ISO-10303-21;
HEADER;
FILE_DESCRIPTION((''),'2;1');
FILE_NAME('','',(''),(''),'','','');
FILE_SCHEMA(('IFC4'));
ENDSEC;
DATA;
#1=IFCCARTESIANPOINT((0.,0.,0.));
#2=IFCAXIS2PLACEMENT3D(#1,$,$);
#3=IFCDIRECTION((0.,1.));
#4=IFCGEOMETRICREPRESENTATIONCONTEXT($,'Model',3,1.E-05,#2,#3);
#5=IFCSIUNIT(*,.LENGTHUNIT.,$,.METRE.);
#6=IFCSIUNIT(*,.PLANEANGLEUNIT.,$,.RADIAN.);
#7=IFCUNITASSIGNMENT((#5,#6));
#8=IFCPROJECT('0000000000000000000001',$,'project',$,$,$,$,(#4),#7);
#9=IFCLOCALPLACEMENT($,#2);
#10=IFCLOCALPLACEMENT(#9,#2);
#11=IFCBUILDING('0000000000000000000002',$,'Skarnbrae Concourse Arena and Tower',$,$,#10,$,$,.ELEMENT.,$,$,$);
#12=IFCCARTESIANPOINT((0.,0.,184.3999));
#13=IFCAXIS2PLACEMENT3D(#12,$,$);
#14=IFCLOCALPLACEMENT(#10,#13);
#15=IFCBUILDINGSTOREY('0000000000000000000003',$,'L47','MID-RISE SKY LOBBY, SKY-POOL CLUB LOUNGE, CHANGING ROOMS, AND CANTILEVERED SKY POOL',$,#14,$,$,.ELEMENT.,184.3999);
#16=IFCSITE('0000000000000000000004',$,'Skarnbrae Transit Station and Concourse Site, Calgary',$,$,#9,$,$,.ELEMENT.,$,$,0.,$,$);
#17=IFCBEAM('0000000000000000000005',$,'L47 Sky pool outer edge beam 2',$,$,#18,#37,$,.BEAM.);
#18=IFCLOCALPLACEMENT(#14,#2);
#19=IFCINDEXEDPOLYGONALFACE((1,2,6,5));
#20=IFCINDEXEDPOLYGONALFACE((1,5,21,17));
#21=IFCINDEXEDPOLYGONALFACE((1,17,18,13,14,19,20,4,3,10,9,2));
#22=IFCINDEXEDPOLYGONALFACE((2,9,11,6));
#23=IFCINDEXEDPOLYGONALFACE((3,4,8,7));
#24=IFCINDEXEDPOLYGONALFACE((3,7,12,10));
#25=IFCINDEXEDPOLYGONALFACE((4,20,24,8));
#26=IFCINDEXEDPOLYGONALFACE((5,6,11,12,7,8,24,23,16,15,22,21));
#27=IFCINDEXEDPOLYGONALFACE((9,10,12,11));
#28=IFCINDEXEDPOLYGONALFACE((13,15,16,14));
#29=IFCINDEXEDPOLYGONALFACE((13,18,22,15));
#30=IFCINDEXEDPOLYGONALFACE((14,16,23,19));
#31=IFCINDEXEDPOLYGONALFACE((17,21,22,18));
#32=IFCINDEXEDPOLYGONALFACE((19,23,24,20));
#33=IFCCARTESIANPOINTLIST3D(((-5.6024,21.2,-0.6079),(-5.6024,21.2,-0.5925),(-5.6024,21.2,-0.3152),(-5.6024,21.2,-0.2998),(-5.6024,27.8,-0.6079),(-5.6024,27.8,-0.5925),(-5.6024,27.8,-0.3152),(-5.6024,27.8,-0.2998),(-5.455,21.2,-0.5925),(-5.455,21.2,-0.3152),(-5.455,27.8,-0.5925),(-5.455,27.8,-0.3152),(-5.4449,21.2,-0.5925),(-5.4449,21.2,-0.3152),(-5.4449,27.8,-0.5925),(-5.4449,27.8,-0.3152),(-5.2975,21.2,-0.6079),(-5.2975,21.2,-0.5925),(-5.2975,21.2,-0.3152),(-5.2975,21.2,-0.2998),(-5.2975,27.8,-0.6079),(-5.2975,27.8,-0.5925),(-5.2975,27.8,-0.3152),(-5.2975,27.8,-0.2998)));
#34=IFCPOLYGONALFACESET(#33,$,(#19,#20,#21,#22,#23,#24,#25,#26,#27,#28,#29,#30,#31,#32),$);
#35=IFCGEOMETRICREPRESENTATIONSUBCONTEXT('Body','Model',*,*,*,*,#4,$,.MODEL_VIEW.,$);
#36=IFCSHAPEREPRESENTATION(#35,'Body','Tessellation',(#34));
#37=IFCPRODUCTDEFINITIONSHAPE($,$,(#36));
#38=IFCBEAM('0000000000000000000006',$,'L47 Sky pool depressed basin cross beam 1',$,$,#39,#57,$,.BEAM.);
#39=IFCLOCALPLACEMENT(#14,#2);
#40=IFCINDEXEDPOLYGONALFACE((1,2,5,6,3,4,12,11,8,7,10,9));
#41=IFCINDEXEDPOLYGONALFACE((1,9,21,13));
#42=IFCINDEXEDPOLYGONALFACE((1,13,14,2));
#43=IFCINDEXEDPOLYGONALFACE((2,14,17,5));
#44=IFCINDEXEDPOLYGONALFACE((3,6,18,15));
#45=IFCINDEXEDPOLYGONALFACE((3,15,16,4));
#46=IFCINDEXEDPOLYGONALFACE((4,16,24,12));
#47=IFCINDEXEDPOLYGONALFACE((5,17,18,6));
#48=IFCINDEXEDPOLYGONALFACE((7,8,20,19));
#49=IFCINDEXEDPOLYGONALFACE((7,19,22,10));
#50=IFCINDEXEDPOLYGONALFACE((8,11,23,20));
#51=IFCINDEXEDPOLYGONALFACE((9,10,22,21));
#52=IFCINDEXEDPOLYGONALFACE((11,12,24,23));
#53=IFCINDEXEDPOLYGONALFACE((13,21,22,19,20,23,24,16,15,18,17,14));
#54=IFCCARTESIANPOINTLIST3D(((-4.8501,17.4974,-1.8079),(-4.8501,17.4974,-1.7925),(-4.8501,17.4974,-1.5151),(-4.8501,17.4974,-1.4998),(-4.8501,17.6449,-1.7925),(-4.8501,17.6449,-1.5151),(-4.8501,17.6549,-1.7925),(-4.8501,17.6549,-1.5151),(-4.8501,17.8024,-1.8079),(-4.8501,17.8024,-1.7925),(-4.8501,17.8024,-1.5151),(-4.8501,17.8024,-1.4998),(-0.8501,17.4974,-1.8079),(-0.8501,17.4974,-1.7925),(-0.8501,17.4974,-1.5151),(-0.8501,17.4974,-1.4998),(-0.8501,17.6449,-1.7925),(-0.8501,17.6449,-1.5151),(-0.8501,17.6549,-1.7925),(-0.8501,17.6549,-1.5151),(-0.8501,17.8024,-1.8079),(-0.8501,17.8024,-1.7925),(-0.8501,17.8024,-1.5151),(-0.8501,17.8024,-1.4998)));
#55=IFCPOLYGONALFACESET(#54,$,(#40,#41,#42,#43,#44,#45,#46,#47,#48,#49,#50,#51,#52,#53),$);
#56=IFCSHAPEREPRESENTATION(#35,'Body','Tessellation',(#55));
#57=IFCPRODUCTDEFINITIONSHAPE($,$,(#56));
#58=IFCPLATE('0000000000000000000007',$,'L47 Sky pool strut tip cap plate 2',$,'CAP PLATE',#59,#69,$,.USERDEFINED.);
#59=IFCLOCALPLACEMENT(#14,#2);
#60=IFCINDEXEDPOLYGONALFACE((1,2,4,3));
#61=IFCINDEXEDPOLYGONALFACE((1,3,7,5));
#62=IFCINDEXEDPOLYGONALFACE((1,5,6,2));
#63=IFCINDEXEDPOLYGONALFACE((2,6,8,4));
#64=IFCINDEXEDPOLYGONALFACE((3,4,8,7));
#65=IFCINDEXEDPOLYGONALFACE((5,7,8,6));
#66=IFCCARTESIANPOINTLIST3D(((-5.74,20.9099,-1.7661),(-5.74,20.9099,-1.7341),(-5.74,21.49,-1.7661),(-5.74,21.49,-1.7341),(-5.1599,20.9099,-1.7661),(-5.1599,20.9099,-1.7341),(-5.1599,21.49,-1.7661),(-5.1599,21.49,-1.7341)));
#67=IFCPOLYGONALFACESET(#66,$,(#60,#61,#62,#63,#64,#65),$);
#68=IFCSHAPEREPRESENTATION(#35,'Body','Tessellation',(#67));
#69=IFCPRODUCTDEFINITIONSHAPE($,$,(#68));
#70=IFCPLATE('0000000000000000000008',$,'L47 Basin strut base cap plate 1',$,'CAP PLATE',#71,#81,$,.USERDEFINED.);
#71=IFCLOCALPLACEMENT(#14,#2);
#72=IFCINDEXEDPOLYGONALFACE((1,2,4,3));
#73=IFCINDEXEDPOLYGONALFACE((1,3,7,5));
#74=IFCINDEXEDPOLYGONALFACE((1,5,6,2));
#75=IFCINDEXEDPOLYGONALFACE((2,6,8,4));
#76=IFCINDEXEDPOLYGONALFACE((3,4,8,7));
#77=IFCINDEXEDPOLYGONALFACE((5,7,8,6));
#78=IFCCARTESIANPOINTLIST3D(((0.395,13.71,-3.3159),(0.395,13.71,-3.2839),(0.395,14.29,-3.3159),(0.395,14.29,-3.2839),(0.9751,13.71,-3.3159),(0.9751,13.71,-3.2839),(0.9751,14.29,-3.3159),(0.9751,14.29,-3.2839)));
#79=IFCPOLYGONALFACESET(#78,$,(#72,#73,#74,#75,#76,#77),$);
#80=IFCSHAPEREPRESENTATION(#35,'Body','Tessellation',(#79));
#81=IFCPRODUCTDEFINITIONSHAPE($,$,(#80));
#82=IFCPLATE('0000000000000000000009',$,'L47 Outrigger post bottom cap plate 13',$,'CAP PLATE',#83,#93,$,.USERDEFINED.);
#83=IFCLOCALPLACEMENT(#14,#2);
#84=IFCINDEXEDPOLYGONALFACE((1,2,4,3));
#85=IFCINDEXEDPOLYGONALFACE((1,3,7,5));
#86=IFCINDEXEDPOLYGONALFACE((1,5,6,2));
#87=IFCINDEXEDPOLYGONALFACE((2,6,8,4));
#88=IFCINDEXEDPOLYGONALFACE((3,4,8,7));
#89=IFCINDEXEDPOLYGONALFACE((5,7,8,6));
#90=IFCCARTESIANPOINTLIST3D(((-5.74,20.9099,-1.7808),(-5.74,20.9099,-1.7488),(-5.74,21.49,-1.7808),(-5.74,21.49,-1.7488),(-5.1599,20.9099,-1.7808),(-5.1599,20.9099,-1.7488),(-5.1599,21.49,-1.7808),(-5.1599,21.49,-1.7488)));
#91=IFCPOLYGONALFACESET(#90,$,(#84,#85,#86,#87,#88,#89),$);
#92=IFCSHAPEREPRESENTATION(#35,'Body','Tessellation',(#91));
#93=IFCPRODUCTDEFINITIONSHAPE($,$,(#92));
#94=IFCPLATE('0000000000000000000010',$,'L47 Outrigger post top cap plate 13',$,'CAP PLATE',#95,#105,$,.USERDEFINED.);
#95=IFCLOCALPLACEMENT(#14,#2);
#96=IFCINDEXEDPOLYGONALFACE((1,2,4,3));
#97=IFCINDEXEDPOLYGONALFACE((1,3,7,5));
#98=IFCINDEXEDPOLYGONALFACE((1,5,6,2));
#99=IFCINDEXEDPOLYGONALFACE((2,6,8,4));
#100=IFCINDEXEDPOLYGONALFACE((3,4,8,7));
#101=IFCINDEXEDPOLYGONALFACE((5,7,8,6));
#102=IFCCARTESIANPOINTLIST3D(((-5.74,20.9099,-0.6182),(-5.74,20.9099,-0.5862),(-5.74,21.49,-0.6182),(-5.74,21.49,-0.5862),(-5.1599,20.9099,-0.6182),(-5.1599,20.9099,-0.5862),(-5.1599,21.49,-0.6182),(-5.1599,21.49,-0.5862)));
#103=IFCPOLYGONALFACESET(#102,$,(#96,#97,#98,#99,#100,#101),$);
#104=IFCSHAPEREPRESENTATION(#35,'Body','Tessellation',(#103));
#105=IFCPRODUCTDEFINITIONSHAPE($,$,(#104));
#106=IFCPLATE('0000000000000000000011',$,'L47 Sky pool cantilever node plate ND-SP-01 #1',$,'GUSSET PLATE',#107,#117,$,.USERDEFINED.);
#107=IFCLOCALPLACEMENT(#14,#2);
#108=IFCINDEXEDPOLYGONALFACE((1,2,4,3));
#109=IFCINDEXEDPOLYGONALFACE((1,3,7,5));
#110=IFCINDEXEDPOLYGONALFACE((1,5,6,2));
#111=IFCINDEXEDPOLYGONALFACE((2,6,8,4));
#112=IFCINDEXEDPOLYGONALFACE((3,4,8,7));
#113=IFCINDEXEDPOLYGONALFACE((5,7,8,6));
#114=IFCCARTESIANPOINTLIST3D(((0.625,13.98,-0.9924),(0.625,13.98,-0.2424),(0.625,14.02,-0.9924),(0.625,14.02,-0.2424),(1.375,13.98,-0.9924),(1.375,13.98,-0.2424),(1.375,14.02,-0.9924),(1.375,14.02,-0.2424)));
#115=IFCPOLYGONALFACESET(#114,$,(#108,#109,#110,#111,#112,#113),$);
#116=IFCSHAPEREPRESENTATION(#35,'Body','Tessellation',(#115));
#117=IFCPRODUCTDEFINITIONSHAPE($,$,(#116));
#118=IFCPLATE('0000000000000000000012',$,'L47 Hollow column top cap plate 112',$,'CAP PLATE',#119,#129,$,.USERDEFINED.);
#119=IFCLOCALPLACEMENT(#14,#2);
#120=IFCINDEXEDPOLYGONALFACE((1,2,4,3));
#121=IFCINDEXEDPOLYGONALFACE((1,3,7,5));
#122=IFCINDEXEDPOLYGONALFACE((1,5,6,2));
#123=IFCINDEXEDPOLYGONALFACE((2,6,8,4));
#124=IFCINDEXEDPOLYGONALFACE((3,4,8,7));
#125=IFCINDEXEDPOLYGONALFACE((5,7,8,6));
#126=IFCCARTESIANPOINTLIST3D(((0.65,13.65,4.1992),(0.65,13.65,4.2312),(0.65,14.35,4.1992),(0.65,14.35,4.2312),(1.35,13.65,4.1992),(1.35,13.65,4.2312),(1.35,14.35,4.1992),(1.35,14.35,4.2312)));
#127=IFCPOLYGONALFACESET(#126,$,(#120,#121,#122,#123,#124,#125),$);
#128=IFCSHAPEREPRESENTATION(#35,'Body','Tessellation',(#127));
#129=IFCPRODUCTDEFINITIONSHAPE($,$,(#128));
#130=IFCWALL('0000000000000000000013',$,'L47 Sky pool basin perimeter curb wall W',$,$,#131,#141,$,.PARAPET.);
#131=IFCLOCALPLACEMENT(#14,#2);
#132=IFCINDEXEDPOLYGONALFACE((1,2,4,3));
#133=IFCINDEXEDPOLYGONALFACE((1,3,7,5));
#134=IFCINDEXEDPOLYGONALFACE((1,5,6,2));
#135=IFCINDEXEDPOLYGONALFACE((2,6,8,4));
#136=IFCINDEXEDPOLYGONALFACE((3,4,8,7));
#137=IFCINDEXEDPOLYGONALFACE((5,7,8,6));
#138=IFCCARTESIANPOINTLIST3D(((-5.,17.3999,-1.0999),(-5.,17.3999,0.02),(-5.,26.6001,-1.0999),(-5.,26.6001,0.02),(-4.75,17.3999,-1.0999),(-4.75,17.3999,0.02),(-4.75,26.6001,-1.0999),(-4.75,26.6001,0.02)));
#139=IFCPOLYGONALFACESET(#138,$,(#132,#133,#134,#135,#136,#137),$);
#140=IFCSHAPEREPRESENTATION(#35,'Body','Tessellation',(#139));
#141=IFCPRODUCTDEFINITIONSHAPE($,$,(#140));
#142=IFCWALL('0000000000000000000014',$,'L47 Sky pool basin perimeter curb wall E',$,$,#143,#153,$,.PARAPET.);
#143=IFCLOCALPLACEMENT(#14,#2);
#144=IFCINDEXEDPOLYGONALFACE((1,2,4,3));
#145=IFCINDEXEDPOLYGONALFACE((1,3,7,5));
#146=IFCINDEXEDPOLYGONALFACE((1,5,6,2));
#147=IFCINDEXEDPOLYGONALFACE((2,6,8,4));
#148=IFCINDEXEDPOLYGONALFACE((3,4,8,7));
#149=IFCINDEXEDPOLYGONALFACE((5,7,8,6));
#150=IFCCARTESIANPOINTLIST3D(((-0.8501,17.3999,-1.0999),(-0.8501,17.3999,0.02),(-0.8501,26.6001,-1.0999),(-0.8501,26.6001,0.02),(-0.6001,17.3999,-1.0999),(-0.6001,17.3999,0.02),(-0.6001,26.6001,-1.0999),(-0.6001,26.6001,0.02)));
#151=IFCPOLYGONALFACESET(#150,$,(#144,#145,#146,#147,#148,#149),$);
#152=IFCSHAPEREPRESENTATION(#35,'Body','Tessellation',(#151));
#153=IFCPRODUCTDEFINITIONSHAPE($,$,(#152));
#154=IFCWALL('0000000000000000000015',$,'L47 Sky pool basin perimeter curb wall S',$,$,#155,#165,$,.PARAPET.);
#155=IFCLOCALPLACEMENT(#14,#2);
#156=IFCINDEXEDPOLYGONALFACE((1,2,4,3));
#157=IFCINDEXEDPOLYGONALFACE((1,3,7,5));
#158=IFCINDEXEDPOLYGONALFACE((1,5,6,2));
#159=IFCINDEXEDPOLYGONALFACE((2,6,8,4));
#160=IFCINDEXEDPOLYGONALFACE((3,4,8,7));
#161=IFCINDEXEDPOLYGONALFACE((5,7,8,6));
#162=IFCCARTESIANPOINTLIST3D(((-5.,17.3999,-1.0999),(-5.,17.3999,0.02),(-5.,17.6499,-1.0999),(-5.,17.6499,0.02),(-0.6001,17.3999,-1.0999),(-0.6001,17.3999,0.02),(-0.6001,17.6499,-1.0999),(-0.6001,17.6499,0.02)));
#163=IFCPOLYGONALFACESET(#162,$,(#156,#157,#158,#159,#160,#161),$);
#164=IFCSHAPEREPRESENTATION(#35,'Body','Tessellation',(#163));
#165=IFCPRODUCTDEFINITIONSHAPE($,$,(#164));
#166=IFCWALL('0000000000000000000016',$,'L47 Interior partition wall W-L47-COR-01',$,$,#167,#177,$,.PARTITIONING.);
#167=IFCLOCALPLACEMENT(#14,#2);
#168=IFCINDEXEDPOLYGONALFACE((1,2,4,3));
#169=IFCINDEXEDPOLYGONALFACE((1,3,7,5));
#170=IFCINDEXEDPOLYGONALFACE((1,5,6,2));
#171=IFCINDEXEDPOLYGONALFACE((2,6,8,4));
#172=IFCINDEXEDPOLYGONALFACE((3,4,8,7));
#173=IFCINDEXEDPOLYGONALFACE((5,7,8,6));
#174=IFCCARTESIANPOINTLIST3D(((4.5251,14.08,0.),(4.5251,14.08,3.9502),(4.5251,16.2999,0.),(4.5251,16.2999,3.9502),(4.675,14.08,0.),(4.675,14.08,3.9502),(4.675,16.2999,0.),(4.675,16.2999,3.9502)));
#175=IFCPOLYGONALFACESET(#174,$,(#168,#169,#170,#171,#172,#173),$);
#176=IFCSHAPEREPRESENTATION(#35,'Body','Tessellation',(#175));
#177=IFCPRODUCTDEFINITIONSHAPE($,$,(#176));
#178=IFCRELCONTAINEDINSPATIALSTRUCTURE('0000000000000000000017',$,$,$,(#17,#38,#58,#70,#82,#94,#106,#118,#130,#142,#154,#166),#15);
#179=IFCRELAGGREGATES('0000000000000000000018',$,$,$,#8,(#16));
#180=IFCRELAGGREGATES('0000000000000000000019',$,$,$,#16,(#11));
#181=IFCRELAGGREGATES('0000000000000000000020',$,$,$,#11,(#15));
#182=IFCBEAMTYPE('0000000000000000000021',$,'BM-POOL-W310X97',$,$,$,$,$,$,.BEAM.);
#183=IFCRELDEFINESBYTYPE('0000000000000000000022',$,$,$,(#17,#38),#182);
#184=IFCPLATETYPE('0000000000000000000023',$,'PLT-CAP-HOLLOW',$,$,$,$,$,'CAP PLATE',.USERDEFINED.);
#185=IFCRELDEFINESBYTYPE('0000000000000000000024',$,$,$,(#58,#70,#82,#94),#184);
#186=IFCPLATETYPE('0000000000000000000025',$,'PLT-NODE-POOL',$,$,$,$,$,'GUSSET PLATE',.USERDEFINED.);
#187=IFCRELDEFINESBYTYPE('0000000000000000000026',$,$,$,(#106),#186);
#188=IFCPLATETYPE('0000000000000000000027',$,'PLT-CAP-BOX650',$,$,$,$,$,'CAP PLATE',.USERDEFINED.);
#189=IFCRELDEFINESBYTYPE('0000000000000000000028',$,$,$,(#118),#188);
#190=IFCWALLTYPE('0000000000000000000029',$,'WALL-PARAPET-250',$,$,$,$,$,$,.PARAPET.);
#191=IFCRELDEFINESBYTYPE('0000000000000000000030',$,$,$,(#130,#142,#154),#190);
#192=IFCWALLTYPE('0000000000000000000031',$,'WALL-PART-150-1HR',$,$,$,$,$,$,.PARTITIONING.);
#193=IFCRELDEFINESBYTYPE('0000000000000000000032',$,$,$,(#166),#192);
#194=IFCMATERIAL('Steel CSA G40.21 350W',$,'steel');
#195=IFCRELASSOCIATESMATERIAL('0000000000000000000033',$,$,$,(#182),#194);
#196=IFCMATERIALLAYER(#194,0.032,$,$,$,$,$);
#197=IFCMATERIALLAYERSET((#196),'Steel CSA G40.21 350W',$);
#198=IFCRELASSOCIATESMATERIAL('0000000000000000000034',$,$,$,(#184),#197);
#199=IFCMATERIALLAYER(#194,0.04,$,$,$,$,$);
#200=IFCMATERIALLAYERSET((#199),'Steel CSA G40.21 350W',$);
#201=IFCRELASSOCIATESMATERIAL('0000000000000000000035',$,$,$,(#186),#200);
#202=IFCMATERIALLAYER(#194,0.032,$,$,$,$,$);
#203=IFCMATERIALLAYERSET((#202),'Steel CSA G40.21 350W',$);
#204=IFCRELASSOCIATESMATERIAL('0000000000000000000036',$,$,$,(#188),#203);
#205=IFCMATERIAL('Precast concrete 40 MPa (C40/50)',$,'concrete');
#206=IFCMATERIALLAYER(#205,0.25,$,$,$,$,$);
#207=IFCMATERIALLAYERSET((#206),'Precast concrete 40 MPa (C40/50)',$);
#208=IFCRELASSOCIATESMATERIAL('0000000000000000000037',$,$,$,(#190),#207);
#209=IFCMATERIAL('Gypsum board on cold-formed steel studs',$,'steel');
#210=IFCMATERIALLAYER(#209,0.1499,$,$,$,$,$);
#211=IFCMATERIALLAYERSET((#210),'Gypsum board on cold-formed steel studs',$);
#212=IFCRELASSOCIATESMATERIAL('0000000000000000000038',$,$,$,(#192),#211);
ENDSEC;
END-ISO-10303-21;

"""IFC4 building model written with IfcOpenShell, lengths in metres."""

from ifc_helpers import new_model, si_unit, direction, frame, frame_2d, origin, origin_2d, place, context, subcontext, project, spatial, rectangle, i_section, extrude, source, transform, mapped, material, layer, layer_set, material_profile, profile_set, type_object, element, save


model = new_model("IFC4")

# Units and contexts
model_context = context("Model", 3, precision=1e-05, world=origin(), true_north=direction((0.0, 1.0)))
body_context = subcontext(model_context, "Body", "Model", "MODEL_VIEW")
ifc_project = project(units=[si_unit("LENGTHUNIT", "METRE"), si_unit("PLANEANGLEUNIT", "RADIAN")], contexts=[model_context])

# Site, building, storey
site_placement = place(None, origin())
site = spatial("IfcSite", under=ifc_project, at=site_placement, Name="Skarnbrae Transit Station and Concourse Site, Calgary", CompositionType="ELEMENT", RefElevation=0.0)
building_placement = place(site_placement, origin())
building = spatial("IfcBuilding", under=site, at=building_placement, Name="Skarnbrae Concourse Arena and Tower", CompositionType="ELEMENT")
storey_placement = place(building_placement, frame((0.0, 0.0, 184.3999)))
storey = spatial("IfcBuildingStorey", under=building, at=storey_placement, Name="L47", Description="MID-RISE SKY LOBBY, SKY-POOL CLUB LOUNGE, CHANGING ROOMS, AND CANTILEVERED SKY POOL", CompositionType="ELEMENT", Elevation=184.3999)

# Shared definitions
ifc_material_1 = material(Name="Steel CSA G40.21 350W", Category="steel")

# Beams
ifc_material_profile_1 = material_profile(ifc_material_1, i_section(OverallWidth=0.3049, OverallDepth=0.3081, WebThickness=0.01, FlangeThickness=0.0154, at=origin_2d()), Name="W310X97")
ifc_profile_set_1 = profile_set([ifc_material_profile_1], Name="Steel CSA G40.21 350W")
beam_type_1 = type_object("IfcBeamType", Name="BM-POOL-W310X97", PredefinedType="BEAM", material=ifc_profile_set_1)
shared_shape_1 = source(origin(), body_context, "Body", "SweptSolid", [
    extrude(i_section(OverallWidth=0.3049, OverallDepth=0.3081, WebThickness=0.01, FlangeThickness=0.0154, at=origin_2d()), origin(), (0.0, 0.0, 1.0), 6.6001),
])
beam_1_placement = place(storey_placement, frame((-5.45, 21.2, -0.4539), z_axis=(0.0, 1.0, 0.0), x_axis=(-1.0, 0.0, 0.0)))
element("IfcBeam", 1, at=beam_1_placement, inside=storey, type_object=beam_type_1, Name="L47 Sky pool outer edge beam 2", PredefinedType="BEAM", context=body_context, shape_type="MappedRepresentation", body=[
    mapped(shared_shape_1, transform((0.0, 0.0, 0.0))),
])
shared_shape_2 = source(origin(), body_context, "Body", "SweptSolid", [
    extrude(i_section(OverallWidth=0.3049, OverallDepth=0.3081, WebThickness=0.01, FlangeThickness=0.0154, at=origin_2d()), origin(), (0.0, 0.0, 1.0), 4.0),
])
beam_2_placement = place(storey_placement, frame((-4.8501, 17.6499, -1.6538), z_axis=(1.0, 0.0, 0.0), x_axis=(0.0, 1.0, 0.0)))
element("IfcBeam", 2, at=beam_2_placement, inside=storey, type_object=beam_type_1, Name="L47 Sky pool depressed basin cross beam 1", PredefinedType="BEAM", context=body_context, shape_type="MappedRepresentation", body=[
    mapped(shared_shape_2, transform((0.0, 0.0, 0.0))),
])

# Plates
ifc_layer_1 = layer(ifc_material_1, 0.032)
ifc_layer_set_1 = layer_set([ifc_layer_1], Name="Steel CSA G40.21 350W")
plate_type_1 = type_object("IfcPlateType", Name="PLT-CAP-HOLLOW", ElementType="CAP PLATE", PredefinedType="USERDEFINED", material=ifc_layer_set_1)
shared_shape_3 = source(origin(), body_context, "Body", "SweptSolid", [
    extrude(rectangle(XDim=0.5801, YDim=0.5801, at=origin_2d()), origin(), (0.0, 0.0, 1.0), 0.032),
])
for number, where, z_axis, x_axis, name in (
    (3, (-5.45, 21.2, -1.7661), (0.0, 0.0, 1.0), (1.0, 0.0, 0.0), "L47 Sky pool strut tip cap plate 2"),
    (4, (0.6851, 14.0, -3.3159), (0.0, 0.0, 1.0), (1.0, 0.0, 0.0), "L47 Basin strut base cap plate 1"),
    (5, (-5.45, 21.2, -1.7808), (0.0, 0.0, 1.0), (1.0, 0.0, 0.0), "L47 Outrigger post bottom cap plate 13"),
    (6, (-5.45, 21.2, -0.6182), (0.0, 0.0, 1.0), (1.0, 0.0, 0.0), "L47 Outrigger post top cap plate 13"),
):
    element("IfcPlate", number, at=place(storey_placement, frame(where, z_axis=z_axis, x_axis=x_axis)), inside=storey, type_object=plate_type_1, Name=name, ObjectType="CAP PLATE", PredefinedType="USERDEFINED", context=body_context, shape_type="MappedRepresentation", body=[
        mapped(shared_shape_3, transform((0.0, 0.0, 0.0))),
    ])
ifc_layer_2 = layer(ifc_material_1, 0.04)
ifc_layer_set_2 = layer_set([ifc_layer_2], Name="Steel CSA G40.21 350W")
plate_type_2 = type_object("IfcPlateType", Name="PLT-NODE-POOL", ElementType="GUSSET PLATE", PredefinedType="USERDEFINED", material=ifc_layer_set_2)
shared_shape_4 = source(origin(), body_context, "Body", "SweptSolid", [
    extrude(rectangle(XDim=0.75, YDim=0.04, at=origin_2d()), origin(), (0.0, 0.0, 1.0), 0.75),
])
plate_1_placement = place(storey_placement, frame((1.0, 14.0, -0.9924), z_axis=(0.0, 0.0, 1.0), x_axis=(1.0, 0.0, 0.0)))
element("IfcPlate", 7, at=plate_1_placement, inside=storey, type_object=plate_type_2, Name="L47 Sky pool cantilever node plate ND-SP-01 #1", ObjectType="GUSSET PLATE", PredefinedType="USERDEFINED", context=body_context, shape_type="MappedRepresentation", body=[
    mapped(shared_shape_4, transform((0.0, 0.0, 0.0))),
])
ifc_layer_3 = layer(ifc_material_1, 0.032)
ifc_layer_set_3 = layer_set([ifc_layer_3], Name="Steel CSA G40.21 350W")
plate_type_3 = type_object("IfcPlateType", Name="PLT-CAP-BOX650", ElementType="CAP PLATE", PredefinedType="USERDEFINED", material=ifc_layer_set_3)
shared_shape_5 = source(origin(), body_context, "Body", "SweptSolid", [
    extrude(rectangle(XDim=0.7, YDim=0.7, at=origin_2d()), origin(), (0.0, 0.0, 1.0), 0.032),
])
plate_2_placement = place(storey_placement, frame((1.0, 14.0, 4.1992), z_axis=(0.0, 0.0, 1.0), x_axis=(1.0, 0.0, 0.0)))
element("IfcPlate", 8, at=plate_2_placement, inside=storey, type_object=plate_type_3, Name="L47 Hollow column top cap plate 112", ObjectType="CAP PLATE", PredefinedType="USERDEFINED", context=body_context, shape_type="MappedRepresentation", body=[
    mapped(shared_shape_5, transform((0.0, 0.0, 0.0))),
])

# Walls
ifc_material_2 = material(Name="Precast concrete 40 MPa (C40/50)", Category="concrete")
ifc_layer_4 = layer(ifc_material_2, 0.25)
ifc_layer_set_4 = layer_set([ifc_layer_4], Name="Precast concrete 40 MPa (C40/50)")
wall_type_1 = type_object("IfcWallType", Name="WALL-PARAPET-250", PredefinedType="PARAPET", material=ifc_layer_set_4)
shared_shape_6 = source(origin(), body_context, "Body", "SweptSolid", [
    extrude(rectangle(XDim=9.2002, YDim=0.25, at=frame_2d((4.6001, 0.0))), origin(), (0.0, 0.0, 1.0), 1.1199),
])
for number, where, z_axis, x_axis, name in (
    (9, (-4.875, 17.3999, -1.0999), (0.0, 0.0, 1.0), (0.0, 1.0, 0.0), "L47 Sky pool basin perimeter curb wall W"),
    (10, (-0.7251, 17.3999, -1.0999), (0.0, 0.0, 1.0), (0.0, 1.0, 0.0), "L47 Sky pool basin perimeter curb wall E"),
):
    element("IfcWall", number, at=place(storey_placement, frame(where, z_axis=z_axis, x_axis=x_axis)), inside=storey, type_object=wall_type_1, Name=name, PredefinedType="PARAPET", context=body_context, shape_type="MappedRepresentation", body=[
        mapped(shared_shape_6, transform((0.0, 0.0, 0.0))),
    ])
shared_shape_7 = source(origin(), body_context, "Body", "SweptSolid", [
    extrude(rectangle(XDim=4.3999, YDim=0.25, at=frame_2d((2.2, 0.0))), origin(), (0.0, 0.0, 1.0), 1.1199),
])
wall_1_placement = place(storey_placement, frame((-5.0, 17.5249, -1.0999), z_axis=(0.0, 0.0, 1.0), x_axis=(1.0, 0.0, 0.0)))
element("IfcWall", 11, at=wall_1_placement, inside=storey, type_object=wall_type_1, Name="L47 Sky pool basin perimeter curb wall S", PredefinedType="PARAPET", context=body_context, shape_type="MappedRepresentation", body=[
    mapped(shared_shape_7, transform((0.0, 0.0, 0.0))),
])
ifc_material_3 = material(Name="Gypsum board on cold-formed steel studs", Category="steel")
ifc_layer_5 = layer(ifc_material_3, 0.1499)
ifc_layer_set_5 = layer_set([ifc_layer_5], Name="Gypsum board on cold-formed steel studs")
wall_type_2 = type_object("IfcWallType", Name="WALL-PART-150-1HR", PredefinedType="PARTITIONING", material=ifc_layer_set_5)
shared_shape_8 = source(origin(), body_context, "Body", "SweptSolid", [
    extrude(rectangle(XDim=2.22, YDim=0.1499, at=frame_2d((1.1099, 0.0))), origin(), (0.0, 0.0, 1.0), 3.9502),
])
wall_2_placement = place(storey_placement, frame((4.6001, 14.0801, 0.0), z_axis=(0.0, 0.0, 1.0), x_axis=(0.0, 1.0, 0.0)))
element("IfcWall", 12, at=wall_2_placement, inside=storey, type_object=wall_type_2, Name="L47 Interior partition wall W-L47-COR-01", PredefinedType="PARTITIONING", context=body_context, shape_type="MappedRepresentation", body=[
    mapped(shared_shape_8, transform((0.0, 0.0, 0.0))),
])

save(model, "model.ifc")
